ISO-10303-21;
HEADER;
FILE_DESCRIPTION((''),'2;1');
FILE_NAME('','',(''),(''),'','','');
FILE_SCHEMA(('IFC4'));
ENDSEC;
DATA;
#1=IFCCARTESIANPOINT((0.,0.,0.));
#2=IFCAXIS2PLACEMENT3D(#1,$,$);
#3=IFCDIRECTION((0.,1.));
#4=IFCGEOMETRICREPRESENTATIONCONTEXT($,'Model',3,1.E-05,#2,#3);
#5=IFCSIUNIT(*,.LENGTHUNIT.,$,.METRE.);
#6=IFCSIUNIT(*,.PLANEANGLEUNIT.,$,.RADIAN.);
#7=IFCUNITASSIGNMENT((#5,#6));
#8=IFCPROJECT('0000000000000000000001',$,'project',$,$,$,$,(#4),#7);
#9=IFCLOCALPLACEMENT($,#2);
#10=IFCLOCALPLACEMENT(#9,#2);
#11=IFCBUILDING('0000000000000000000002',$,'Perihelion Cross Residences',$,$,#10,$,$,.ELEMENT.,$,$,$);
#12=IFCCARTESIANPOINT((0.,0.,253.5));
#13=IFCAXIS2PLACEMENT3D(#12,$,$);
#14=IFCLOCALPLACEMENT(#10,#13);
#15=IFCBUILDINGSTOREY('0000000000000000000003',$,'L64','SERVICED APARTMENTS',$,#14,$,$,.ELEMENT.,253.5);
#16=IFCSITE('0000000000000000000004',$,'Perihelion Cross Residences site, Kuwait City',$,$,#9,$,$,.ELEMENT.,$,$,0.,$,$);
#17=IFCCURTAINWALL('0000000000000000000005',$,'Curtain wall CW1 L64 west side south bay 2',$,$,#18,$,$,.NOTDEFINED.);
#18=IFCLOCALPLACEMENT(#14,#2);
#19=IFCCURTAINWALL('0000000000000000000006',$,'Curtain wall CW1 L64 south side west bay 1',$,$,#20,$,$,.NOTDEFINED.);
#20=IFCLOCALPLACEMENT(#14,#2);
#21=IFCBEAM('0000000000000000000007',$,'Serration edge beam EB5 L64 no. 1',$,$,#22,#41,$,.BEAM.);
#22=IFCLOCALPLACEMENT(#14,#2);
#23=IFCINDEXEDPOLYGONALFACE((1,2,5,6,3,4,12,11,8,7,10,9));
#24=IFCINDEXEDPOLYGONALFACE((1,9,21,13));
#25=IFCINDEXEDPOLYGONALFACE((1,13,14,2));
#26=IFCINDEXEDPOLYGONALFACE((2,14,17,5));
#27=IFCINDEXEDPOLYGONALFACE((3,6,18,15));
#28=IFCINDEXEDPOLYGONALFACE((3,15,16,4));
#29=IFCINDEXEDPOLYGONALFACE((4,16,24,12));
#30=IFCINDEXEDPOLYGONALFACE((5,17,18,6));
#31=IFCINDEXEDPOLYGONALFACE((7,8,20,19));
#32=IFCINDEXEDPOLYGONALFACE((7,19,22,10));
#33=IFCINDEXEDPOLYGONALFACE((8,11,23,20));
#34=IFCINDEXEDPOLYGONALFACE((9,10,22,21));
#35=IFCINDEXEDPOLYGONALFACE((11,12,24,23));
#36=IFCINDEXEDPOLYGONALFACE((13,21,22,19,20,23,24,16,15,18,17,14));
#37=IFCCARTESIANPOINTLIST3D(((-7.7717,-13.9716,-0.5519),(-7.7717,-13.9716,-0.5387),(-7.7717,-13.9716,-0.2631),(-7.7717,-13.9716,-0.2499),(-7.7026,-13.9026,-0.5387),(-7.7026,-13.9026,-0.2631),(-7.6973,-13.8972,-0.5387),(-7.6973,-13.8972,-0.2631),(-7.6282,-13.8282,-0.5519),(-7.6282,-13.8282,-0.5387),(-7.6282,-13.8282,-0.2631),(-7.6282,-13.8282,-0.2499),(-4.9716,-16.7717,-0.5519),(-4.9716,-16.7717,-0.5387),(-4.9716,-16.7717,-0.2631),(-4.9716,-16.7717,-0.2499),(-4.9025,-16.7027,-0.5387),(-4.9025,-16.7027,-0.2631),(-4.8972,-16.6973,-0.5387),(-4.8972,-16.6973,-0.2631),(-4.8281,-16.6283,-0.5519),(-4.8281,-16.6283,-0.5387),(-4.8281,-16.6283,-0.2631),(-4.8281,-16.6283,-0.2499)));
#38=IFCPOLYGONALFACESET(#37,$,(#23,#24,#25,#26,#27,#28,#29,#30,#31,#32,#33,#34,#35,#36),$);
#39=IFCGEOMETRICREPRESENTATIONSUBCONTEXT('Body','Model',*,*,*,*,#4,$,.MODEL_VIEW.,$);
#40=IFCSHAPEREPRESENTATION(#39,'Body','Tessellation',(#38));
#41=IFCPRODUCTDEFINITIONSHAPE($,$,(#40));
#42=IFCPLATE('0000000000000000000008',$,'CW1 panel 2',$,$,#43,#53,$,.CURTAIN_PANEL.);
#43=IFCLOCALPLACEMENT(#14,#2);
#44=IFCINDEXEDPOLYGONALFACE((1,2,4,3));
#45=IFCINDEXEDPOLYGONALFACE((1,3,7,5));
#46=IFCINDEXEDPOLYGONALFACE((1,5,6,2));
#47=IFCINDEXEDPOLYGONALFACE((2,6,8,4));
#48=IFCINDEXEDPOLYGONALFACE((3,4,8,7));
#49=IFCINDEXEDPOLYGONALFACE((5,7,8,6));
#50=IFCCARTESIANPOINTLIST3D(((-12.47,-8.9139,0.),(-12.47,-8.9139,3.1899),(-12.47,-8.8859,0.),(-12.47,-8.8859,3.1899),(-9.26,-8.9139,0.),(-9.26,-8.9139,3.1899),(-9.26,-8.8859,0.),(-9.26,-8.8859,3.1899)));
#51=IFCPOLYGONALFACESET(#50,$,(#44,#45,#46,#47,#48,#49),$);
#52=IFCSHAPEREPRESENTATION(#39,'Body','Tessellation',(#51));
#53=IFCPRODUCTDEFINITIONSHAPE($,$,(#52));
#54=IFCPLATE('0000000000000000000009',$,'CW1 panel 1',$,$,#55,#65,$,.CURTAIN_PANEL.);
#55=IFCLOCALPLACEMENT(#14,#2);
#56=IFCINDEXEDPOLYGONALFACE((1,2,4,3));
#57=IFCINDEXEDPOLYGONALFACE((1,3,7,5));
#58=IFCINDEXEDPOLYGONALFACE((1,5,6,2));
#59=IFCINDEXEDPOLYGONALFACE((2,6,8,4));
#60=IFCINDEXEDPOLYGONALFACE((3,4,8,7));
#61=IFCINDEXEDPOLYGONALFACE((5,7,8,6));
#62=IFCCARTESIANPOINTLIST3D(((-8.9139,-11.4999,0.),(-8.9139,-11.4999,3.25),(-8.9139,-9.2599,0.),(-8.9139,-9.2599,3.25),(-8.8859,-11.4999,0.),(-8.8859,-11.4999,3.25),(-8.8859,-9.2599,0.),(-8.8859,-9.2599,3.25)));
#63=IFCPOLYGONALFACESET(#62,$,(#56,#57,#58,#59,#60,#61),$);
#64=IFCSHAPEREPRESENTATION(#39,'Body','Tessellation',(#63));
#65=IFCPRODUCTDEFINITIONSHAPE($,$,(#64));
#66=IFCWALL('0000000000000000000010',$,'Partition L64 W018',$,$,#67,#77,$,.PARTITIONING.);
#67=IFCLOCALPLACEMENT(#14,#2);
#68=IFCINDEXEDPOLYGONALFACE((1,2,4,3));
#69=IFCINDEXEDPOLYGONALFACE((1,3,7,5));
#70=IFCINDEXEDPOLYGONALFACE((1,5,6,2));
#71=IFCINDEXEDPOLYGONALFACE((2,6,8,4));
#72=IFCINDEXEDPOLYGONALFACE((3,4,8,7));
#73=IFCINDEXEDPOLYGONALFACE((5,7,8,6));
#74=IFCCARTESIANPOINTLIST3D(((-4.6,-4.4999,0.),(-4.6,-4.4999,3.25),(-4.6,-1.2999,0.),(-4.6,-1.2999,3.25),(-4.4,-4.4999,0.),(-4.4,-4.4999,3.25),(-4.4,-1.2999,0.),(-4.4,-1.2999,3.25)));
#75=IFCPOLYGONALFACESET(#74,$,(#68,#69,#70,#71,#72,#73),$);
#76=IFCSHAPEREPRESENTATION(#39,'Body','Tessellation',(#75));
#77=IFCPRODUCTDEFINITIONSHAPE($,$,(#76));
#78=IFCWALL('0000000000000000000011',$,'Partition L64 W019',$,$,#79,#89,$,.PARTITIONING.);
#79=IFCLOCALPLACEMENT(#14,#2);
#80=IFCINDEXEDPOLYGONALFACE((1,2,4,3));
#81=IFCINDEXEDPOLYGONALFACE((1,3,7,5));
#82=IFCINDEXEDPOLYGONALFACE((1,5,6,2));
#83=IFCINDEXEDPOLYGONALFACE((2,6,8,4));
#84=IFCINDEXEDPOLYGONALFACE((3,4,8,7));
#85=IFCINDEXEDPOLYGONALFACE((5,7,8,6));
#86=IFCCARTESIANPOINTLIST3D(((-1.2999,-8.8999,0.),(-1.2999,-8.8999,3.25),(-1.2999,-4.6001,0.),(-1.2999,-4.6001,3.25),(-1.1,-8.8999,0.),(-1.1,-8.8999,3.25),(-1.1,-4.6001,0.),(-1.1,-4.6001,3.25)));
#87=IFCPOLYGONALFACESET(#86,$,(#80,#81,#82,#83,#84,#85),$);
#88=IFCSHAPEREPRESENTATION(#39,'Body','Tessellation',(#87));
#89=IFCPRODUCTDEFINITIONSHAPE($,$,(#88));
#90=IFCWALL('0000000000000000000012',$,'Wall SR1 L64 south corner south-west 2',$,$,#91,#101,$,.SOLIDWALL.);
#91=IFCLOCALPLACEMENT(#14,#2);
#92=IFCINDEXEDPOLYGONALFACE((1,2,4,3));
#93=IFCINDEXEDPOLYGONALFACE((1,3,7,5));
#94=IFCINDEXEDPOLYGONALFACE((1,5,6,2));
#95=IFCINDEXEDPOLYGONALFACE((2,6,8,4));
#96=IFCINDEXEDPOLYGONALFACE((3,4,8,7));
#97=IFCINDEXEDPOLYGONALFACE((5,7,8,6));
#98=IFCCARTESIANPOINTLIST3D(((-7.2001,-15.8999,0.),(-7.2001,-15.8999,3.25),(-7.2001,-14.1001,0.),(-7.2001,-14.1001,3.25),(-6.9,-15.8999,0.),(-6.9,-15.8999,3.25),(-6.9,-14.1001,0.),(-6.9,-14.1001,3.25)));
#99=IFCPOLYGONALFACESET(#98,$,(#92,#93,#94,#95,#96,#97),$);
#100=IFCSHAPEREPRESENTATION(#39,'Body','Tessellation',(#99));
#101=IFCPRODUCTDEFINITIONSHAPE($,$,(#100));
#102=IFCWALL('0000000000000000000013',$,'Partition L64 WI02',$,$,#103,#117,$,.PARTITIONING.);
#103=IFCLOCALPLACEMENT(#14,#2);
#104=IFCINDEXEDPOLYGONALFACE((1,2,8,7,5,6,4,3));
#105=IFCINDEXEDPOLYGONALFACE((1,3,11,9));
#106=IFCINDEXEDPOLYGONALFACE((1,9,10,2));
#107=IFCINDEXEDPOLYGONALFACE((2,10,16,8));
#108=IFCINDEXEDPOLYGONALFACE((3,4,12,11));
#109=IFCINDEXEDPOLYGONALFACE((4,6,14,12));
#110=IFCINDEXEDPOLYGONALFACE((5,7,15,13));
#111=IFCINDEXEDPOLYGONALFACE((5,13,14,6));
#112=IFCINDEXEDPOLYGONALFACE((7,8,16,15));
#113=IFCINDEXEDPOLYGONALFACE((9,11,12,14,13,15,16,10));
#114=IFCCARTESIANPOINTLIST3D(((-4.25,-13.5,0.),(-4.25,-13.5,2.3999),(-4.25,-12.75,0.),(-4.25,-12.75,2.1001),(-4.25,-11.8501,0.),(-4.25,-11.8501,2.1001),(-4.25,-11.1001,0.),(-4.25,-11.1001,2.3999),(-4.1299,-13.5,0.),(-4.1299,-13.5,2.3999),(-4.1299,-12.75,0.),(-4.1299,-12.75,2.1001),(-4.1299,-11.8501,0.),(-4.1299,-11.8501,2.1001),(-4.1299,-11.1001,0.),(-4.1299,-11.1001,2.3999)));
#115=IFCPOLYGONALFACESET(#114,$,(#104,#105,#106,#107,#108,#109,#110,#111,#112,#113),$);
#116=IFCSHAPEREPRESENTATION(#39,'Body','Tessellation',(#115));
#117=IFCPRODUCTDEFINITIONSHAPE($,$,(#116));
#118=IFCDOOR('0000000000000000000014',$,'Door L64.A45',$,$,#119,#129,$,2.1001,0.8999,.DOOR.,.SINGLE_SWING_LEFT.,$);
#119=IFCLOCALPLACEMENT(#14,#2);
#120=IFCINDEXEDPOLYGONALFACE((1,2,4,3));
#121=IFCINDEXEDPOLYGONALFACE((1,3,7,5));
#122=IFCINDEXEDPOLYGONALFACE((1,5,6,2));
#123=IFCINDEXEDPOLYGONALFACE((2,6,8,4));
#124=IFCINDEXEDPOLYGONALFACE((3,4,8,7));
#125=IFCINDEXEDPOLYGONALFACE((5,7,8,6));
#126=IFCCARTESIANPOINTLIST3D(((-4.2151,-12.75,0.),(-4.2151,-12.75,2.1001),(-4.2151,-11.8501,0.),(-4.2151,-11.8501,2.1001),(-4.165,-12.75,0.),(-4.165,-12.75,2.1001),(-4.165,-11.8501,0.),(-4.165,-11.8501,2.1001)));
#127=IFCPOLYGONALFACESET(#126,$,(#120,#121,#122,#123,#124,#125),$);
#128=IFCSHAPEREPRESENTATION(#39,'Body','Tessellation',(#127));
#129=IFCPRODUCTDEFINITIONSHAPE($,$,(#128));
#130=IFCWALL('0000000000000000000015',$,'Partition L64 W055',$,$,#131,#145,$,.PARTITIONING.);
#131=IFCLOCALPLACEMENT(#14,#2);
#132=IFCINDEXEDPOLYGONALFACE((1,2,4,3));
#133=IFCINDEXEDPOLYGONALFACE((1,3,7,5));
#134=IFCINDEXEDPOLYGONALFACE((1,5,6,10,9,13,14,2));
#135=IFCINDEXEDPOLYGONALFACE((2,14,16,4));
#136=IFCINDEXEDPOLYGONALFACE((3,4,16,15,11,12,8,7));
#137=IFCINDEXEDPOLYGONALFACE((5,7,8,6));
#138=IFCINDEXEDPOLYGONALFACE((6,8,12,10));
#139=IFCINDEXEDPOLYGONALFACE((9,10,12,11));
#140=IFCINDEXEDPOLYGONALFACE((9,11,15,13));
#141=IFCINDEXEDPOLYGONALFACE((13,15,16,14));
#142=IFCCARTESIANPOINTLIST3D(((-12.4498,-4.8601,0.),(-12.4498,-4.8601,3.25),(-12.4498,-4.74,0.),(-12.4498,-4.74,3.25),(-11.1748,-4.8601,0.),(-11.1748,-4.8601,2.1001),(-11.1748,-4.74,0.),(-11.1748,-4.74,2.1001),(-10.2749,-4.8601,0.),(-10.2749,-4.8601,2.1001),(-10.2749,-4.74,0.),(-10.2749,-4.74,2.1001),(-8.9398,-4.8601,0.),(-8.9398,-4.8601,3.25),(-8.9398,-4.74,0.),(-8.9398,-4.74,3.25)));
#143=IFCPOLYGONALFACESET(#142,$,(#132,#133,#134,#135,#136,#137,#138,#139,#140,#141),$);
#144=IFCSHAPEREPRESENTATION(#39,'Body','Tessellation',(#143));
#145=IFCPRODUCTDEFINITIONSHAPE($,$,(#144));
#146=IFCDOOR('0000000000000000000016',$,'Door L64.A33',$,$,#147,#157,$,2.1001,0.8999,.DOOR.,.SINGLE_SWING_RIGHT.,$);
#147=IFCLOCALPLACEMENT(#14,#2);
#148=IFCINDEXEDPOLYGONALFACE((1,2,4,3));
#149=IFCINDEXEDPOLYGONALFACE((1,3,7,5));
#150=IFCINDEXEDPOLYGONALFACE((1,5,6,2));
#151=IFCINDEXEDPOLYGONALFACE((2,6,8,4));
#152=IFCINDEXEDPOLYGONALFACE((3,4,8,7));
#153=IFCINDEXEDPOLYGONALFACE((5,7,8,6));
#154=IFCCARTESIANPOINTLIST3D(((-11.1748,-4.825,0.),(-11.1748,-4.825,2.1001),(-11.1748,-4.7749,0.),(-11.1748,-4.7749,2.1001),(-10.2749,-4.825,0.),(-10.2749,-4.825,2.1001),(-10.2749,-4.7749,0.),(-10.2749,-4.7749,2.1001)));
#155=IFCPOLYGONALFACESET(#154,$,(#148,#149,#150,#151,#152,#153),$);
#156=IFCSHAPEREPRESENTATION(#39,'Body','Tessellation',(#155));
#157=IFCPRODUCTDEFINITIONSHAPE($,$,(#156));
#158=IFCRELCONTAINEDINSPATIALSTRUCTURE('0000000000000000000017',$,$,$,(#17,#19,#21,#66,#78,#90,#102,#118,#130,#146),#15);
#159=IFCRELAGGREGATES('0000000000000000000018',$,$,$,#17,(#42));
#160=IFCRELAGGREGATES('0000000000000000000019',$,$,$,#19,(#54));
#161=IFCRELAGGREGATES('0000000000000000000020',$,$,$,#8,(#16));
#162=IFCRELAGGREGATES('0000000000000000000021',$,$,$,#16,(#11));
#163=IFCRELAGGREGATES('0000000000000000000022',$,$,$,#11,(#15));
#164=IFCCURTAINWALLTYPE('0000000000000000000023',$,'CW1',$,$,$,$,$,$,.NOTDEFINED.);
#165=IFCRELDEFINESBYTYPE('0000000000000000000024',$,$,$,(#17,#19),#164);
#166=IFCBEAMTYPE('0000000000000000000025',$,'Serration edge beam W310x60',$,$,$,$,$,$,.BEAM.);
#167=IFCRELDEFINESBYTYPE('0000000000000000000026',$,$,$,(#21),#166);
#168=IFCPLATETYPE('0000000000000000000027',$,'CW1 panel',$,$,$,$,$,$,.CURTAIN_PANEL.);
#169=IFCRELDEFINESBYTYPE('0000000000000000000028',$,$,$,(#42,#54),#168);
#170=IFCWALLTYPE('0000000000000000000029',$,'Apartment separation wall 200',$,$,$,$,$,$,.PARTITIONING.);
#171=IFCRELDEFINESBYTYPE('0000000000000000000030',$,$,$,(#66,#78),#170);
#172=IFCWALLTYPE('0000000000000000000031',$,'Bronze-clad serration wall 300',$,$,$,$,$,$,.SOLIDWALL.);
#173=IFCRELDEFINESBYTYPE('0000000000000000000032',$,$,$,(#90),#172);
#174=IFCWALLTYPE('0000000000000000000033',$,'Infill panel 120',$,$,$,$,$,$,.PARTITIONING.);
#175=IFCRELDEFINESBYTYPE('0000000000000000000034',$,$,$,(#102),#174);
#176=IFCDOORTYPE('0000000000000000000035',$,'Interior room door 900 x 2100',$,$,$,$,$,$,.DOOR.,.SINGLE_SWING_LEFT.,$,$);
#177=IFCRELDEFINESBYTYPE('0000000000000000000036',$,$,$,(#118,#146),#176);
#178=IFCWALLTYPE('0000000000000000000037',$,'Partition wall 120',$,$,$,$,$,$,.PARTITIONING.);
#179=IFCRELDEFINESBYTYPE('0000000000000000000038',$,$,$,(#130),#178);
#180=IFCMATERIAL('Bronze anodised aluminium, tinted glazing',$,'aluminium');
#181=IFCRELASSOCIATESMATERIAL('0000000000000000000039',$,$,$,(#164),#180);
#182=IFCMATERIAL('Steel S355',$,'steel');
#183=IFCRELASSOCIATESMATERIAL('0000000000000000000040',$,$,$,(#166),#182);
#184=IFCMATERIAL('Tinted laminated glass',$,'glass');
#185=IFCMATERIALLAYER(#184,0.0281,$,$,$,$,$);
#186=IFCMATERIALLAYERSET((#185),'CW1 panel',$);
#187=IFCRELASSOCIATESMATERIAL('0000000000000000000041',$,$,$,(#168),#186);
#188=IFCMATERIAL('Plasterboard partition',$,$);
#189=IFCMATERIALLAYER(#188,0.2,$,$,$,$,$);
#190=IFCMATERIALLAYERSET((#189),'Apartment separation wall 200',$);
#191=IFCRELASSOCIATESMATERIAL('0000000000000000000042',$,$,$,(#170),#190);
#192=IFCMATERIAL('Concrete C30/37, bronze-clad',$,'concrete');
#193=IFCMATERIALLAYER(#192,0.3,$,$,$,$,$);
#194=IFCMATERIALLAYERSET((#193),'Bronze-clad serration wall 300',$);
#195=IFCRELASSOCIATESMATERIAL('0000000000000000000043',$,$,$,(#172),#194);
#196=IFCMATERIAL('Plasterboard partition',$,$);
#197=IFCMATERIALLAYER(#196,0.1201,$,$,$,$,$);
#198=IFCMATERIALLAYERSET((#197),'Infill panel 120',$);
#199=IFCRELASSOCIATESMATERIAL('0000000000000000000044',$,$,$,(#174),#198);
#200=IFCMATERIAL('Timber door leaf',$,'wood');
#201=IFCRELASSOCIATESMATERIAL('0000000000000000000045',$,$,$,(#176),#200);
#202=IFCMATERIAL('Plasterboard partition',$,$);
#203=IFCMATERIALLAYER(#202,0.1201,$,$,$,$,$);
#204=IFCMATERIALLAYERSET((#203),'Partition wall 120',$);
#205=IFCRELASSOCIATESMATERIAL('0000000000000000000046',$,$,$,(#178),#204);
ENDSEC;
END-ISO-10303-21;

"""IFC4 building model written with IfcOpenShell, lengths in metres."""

from ifc_helpers import new_model, si_unit, direction, frame, frame_2d, origin, origin_2d, place, context, subcontext, project, spatial, rectangle, i_section, extrude, material, layer, layer_set, material_profile, profile_set, type_object, element, fill, aggregate, save


model = new_model("IFC4")

# Units and contexts
model_context = context("Model", 3, precision=1e-05, world=origin(), true_north=direction((0.0, 1.0)))
body_context = subcontext(model_context, "Body", "Model", "MODEL_VIEW")
ifc_project = project(units=[si_unit("LENGTHUNIT", "METRE"), si_unit("PLANEANGLEUNIT", "RADIAN")], contexts=[model_context])

# Site, building, storey
site_placement = place(None, origin())
site = spatial("IfcSite", under=ifc_project, at=site_placement, Name="Perihelion Cross Residences site, Kuwait City", CompositionType="ELEMENT", RefElevation=0.0)
building_placement = place(site_placement, origin())
building = spatial("IfcBuilding", under=site, at=building_placement, Name="Perihelion Cross Residences", CompositionType="ELEMENT")
storey_placement = place(building_placement, frame((0.0, 0.0, 253.5)))
storey = spatial("IfcBuildingStorey", under=building, at=storey_placement, Name="L64", Description="SERVICED APARTMENTS", CompositionType="ELEMENT", Elevation=253.5)

# Curtain walls
ifc_material_1 = material(Name="Bronze anodised aluminium, tinted glazing", Category="aluminium")
curtain_wall_type = type_object("IfcCurtainWallType", Name="CW1", PredefinedType="NOTDEFINED", material=ifc_material_1)
curtain_wall_1_placement = place(storey_placement, origin())
curtain_wall_1 = element("IfcCurtainWall", 1, at=curtain_wall_1_placement, inside=storey, type_object=curtain_wall_type, Name="Curtain wall CW1 L64 west side south bay 2", PredefinedType="NOTDEFINED")
curtain_wall_2_placement = place(storey_placement, origin())
curtain_wall_2 = element("IfcCurtainWall", 2, at=curtain_wall_2_placement, inside=storey, type_object=curtain_wall_type, Name="Curtain wall CW1 L64 south side west bay 1", PredefinedType="NOTDEFINED")

# Beam
ifc_material_2 = material(Name="Steel S355", Category="steel")
ifc_material_profile_1 = material_profile(ifc_material_2, i_section(OverallWidth=0.2029, OverallDepth=0.302, WebThickness=0.0076, FlangeThickness=0.0132, at=origin_2d()), Name="W310x60")
ifc_profile_set_1 = profile_set([ifc_material_profile_1], Name="Steel S355")
beam_type_1 = type_object("IfcBeamType", Name="Serration edge beam W310x60", PredefinedType="BEAM", material=ifc_profile_set_1)
beam_1_placement = place(storey_placement, frame((-7.7, -13.8999, -0.4009), z_axis=(0.707107, -0.707107, 0.0), x_axis=(0.707107, 0.707107, 0.0)))
element("IfcBeam", 3, at=beam_1_placement, inside=storey, type_object=beam_type_1, Name="Serration edge beam EB5 L64 no. 1", PredefinedType="BEAM", context=body_context, shape_type="SweptSolid", body=[
    extrude(i_section(OverallWidth=0.2029, OverallDepth=0.302, WebThickness=0.0076, FlangeThickness=0.0132, at=origin_2d()), origin(), (0.0, 0.0, 1.0), 3.96),
])

# Plates
ifc_material_3 = material(Name="Tinted laminated glass", Category="glass")
ifc_layer_1 = layer(ifc_material_3, 0.0281)
ifc_layer_set_1 = layer_set([ifc_layer_1], Name="CW1 panel")
plate_type = type_object("IfcPlateType", Name="CW1 panel", PredefinedType="CURTAIN_PANEL", material=ifc_layer_set_1)
plate_1_placement = place(storey_placement, frame((-10.865, -8.8999, 0.0), z_axis=(0.0, 0.0, 1.0), x_axis=(1.0, 0.0, 0.0)))
plate_1 = element("IfcPlate", 4, at=plate_1_placement, type_object=plate_type, Name="CW1 panel 2", PredefinedType="CURTAIN_PANEL", context=body_context, shape_type="SweptSolid", body=[
    extrude(rectangle(XDim=3.21, YDim=0.0281, at=origin_2d()), origin(), (0.0, 0.0, 1.0), 3.1899),
])
aggregate(curtain_wall_1, [plate_1])
plate_2_placement = place(storey_placement, frame((-8.8999, -10.3799, 0.0), z_axis=(0.0, 0.0, 1.0), x_axis=(0.0, -1.0, 0.0)))
plate_2 = element("IfcPlate", 5, at=plate_2_placement, type_object=plate_type, Name="CW1 panel 1", PredefinedType="CURTAIN_PANEL", context=body_context, shape_type="SweptSolid", body=[
    extrude(rectangle(XDim=2.24, YDim=0.0281, at=origin_2d()), origin(), (0.0, 0.0, 1.0), 3.25),
])
aggregate(curtain_wall_2, [plate_2])

# Walls
ifc_material_4 = material(Name="Plasterboard partition")
ifc_layer_2 = layer(ifc_material_4, 0.2)
ifc_layer_set_2 = layer_set([ifc_layer_2], Name="Apartment separation wall 200")
wall_type_1 = type_object("IfcWallType", Name="Apartment separation wall 200", PredefinedType="PARTITIONING", material=ifc_layer_set_2)
wall_1_placement = place(storey_placement, frame((-4.5, -4.5, 0.0), z_axis=(0.0, 0.0, 1.0), x_axis=(0.0, 1.0, 0.0)))
element("IfcWall", 6, at=wall_1_placement, inside=storey, type_object=wall_type_1, Name="Partition L64 W018", PredefinedType="PARTITIONING", context=body_context, shape_type="SweptSolid", body=[
    extrude(rectangle(XDim=3.2, YDim=0.2, at=frame_2d((1.6001, 0.0))), origin(), (0.0, 0.0, 1.0), 3.25),
])
wall_2_placement = place(storey_placement, frame((-1.2, -8.8999, 0.0), z_axis=(0.0, 0.0, 1.0), x_axis=(0.0, 1.0, 0.0)))
element("IfcWall", 7, at=wall_2_placement, inside=storey, type_object=wall_type_1, Name="Partition L64 W019", PredefinedType="PARTITIONING", context=body_context, shape_type="SweptSolid", body=[
    extrude(rectangle(XDim=4.2998, YDim=0.2, at=frame_2d((2.1499, 0.0))), origin(), (0.0, 0.0, 1.0), 3.25),
])

# Wall
ifc_material_5 = material(Name="Concrete C30/37, bronze-clad", Category="concrete")
ifc_layer_3 = layer(ifc_material_5, 0.3)
ifc_layer_set_3 = layer_set([ifc_layer_3], Name="Bronze-clad serration wall 300")
wall_type_2 = type_object("IfcWallType", Name="Bronze-clad serration wall 300", PredefinedType="SOLIDWALL", material=ifc_layer_set_3)
wall_3_placement = place(storey_placement, frame((-7.05, -14.1001, 0.0), z_axis=(0.0, 0.0, 1.0), x_axis=(0.0, -1.0, 0.0)))
element("IfcWall", 8, at=wall_3_placement, inside=storey, type_object=wall_type_2, Name="Wall SR1 L64 south corner south-west 2", PredefinedType="SOLIDWALL", context=body_context, shape_type="SweptSolid", body=[
    extrude(rectangle(XDim=1.7998, YDim=0.3, at=frame_2d((0.8999, 0.0))), origin(), (0.0, 0.0, 1.0), 3.25),
])

# Walls, openings, doors
ifc_material_6 = material(Name="Plasterboard partition")
ifc_layer_4 = layer(ifc_material_6, 0.1201)
ifc_layer_set_4 = layer_set([ifc_layer_4], Name="Infill panel 120")
wall_type_3 = type_object("IfcWallType", Name="Infill panel 120", PredefinedType="PARTITIONING", material=ifc_layer_set_4)
wall_4_placement = place(storey_placement, frame((-4.1899, -11.1001, 0.0), z_axis=(0.0, 0.0, 1.0), x_axis=(0.0, -1.0, 0.0)))
wall_4 = element("IfcWall", 9, at=wall_4_placement, inside=storey, type_object=wall_type_3, Name="Partition L64 WI02", PredefinedType="PARTITIONING", context=body_context, shape_type="SweptSolid", body=[
    extrude(rectangle(XDim=2.3999, YDim=0.1201, at=frame_2d((1.2, 0.0))), origin(), (0.0, 0.0, 1.0), 2.3999),
])
opening_1_placement = place(wall_4_placement, frame((0.75, 0.0, 0.0)))
opening_1 = element("IfcOpeningElement", 10, at=opening_1_placement, cuts=wall_4, PredefinedType="OPENING", context=body_context, shape_type="SweptSolid", body=[
    extrude(rectangle(XDim=0.8999, YDim=2.1001, at=frame_2d((0.45, 1.05))), frame((0.0, 0.0701, 0.0), z_axis=(0.0, -1.0, 0.0), x_axis=(1.0, 0.0, 0.0)), (0.0, 0.0, 1.0), 0.1401),
])
ifc_material_7 = material(Name="Timber door leaf", Category="wood")
door_type_1 = type_object("IfcDoorType", Name="Interior room door 900 x 2100", OperationType="SINGLE_SWING_LEFT", PredefinedType="DOOR", material=ifc_material_7)
door_1_placement = place(opening_1_placement, origin())
door_1 = element("IfcDoor", 11, at=door_1_placement, inside=storey, type_object=door_type_1, Name="Door L64.A45", OperationType="SINGLE_SWING_LEFT", OverallHeight=2.1001, OverallWidth=0.8999, PredefinedType="DOOR", context=body_context, shape_type="SweptSolid", body=[
    extrude(rectangle(XDim=0.8999, YDim=2.1001, at=frame_2d((0.45, 1.05))), frame((0.0, 0.0249, 0.0), z_axis=(0.0, -1.0, 0.0), x_axis=(1.0, 0.0, 0.0)), (0.0, 0.0, 1.0), 0.05),
])
fill(opening_1, door_1)
ifc_material_8 = material(Name="Plasterboard partition")
ifc_layer_5 = layer(ifc_material_8, 0.1201)
ifc_layer_set_5 = layer_set([ifc_layer_5], Name="Partition wall 120")
wall_type_4 = type_object("IfcWallType", Name="Partition wall 120", PredefinedType="PARTITIONING", material=ifc_layer_set_5)
wall_5_placement = place(storey_placement, frame((-8.9399, -4.8, 0.0), z_axis=(0.0, 0.0, 1.0), x_axis=(-1.0, 0.0, 0.0)))
wall_5 = element("IfcWall", 12, at=wall_5_placement, inside=storey, type_object=wall_type_4, Name="Partition L64 W055", PredefinedType="PARTITIONING", context=body_context, shape_type="SweptSolid", body=[
    extrude(rectangle(XDim=3.51, YDim=0.1201, at=frame_2d((1.7549, 0.0))), origin(), (0.0, 0.0, 1.0), 3.25),
])
opening_2_placement = place(wall_5_placement, frame((1.335, 0.0, 0.0)))
opening_2 = element("IfcOpeningElement", 13, at=opening_2_placement, cuts=wall_5, PredefinedType="OPENING", context=body_context, shape_type="SweptSolid", body=[
    extrude(rectangle(XDim=0.8999, YDim=2.1001, at=frame_2d((0.45, 1.05))), frame((0.0, 0.0701, 0.0), z_axis=(0.0, -1.0, 0.0), x_axis=(1.0, 0.0, 0.0)), (0.0, 0.0, 1.0), 0.1401),
])
door_2_placement = place(opening_2_placement, origin())
door_2 = element("IfcDoor", 14, at=door_2_placement, inside=storey, type_object=door_type_1, Name="Door L64.A33", OperationType="SINGLE_SWING_RIGHT", OverallHeight=2.1001, OverallWidth=0.8999, PredefinedType="DOOR", context=body_context, shape_type="SweptSolid", body=[
    extrude(rectangle(XDim=0.8999, YDim=2.1001, at=frame_2d((0.45, 1.05))), frame((0.0, 0.0249, 0.0), z_axis=(0.0, -1.0, 0.0), x_axis=(1.0, 0.0, 0.0)), (0.0, 0.0, 1.0), 0.05),
])
fill(opening_2, door_2)

save(model, "model.ifc")
